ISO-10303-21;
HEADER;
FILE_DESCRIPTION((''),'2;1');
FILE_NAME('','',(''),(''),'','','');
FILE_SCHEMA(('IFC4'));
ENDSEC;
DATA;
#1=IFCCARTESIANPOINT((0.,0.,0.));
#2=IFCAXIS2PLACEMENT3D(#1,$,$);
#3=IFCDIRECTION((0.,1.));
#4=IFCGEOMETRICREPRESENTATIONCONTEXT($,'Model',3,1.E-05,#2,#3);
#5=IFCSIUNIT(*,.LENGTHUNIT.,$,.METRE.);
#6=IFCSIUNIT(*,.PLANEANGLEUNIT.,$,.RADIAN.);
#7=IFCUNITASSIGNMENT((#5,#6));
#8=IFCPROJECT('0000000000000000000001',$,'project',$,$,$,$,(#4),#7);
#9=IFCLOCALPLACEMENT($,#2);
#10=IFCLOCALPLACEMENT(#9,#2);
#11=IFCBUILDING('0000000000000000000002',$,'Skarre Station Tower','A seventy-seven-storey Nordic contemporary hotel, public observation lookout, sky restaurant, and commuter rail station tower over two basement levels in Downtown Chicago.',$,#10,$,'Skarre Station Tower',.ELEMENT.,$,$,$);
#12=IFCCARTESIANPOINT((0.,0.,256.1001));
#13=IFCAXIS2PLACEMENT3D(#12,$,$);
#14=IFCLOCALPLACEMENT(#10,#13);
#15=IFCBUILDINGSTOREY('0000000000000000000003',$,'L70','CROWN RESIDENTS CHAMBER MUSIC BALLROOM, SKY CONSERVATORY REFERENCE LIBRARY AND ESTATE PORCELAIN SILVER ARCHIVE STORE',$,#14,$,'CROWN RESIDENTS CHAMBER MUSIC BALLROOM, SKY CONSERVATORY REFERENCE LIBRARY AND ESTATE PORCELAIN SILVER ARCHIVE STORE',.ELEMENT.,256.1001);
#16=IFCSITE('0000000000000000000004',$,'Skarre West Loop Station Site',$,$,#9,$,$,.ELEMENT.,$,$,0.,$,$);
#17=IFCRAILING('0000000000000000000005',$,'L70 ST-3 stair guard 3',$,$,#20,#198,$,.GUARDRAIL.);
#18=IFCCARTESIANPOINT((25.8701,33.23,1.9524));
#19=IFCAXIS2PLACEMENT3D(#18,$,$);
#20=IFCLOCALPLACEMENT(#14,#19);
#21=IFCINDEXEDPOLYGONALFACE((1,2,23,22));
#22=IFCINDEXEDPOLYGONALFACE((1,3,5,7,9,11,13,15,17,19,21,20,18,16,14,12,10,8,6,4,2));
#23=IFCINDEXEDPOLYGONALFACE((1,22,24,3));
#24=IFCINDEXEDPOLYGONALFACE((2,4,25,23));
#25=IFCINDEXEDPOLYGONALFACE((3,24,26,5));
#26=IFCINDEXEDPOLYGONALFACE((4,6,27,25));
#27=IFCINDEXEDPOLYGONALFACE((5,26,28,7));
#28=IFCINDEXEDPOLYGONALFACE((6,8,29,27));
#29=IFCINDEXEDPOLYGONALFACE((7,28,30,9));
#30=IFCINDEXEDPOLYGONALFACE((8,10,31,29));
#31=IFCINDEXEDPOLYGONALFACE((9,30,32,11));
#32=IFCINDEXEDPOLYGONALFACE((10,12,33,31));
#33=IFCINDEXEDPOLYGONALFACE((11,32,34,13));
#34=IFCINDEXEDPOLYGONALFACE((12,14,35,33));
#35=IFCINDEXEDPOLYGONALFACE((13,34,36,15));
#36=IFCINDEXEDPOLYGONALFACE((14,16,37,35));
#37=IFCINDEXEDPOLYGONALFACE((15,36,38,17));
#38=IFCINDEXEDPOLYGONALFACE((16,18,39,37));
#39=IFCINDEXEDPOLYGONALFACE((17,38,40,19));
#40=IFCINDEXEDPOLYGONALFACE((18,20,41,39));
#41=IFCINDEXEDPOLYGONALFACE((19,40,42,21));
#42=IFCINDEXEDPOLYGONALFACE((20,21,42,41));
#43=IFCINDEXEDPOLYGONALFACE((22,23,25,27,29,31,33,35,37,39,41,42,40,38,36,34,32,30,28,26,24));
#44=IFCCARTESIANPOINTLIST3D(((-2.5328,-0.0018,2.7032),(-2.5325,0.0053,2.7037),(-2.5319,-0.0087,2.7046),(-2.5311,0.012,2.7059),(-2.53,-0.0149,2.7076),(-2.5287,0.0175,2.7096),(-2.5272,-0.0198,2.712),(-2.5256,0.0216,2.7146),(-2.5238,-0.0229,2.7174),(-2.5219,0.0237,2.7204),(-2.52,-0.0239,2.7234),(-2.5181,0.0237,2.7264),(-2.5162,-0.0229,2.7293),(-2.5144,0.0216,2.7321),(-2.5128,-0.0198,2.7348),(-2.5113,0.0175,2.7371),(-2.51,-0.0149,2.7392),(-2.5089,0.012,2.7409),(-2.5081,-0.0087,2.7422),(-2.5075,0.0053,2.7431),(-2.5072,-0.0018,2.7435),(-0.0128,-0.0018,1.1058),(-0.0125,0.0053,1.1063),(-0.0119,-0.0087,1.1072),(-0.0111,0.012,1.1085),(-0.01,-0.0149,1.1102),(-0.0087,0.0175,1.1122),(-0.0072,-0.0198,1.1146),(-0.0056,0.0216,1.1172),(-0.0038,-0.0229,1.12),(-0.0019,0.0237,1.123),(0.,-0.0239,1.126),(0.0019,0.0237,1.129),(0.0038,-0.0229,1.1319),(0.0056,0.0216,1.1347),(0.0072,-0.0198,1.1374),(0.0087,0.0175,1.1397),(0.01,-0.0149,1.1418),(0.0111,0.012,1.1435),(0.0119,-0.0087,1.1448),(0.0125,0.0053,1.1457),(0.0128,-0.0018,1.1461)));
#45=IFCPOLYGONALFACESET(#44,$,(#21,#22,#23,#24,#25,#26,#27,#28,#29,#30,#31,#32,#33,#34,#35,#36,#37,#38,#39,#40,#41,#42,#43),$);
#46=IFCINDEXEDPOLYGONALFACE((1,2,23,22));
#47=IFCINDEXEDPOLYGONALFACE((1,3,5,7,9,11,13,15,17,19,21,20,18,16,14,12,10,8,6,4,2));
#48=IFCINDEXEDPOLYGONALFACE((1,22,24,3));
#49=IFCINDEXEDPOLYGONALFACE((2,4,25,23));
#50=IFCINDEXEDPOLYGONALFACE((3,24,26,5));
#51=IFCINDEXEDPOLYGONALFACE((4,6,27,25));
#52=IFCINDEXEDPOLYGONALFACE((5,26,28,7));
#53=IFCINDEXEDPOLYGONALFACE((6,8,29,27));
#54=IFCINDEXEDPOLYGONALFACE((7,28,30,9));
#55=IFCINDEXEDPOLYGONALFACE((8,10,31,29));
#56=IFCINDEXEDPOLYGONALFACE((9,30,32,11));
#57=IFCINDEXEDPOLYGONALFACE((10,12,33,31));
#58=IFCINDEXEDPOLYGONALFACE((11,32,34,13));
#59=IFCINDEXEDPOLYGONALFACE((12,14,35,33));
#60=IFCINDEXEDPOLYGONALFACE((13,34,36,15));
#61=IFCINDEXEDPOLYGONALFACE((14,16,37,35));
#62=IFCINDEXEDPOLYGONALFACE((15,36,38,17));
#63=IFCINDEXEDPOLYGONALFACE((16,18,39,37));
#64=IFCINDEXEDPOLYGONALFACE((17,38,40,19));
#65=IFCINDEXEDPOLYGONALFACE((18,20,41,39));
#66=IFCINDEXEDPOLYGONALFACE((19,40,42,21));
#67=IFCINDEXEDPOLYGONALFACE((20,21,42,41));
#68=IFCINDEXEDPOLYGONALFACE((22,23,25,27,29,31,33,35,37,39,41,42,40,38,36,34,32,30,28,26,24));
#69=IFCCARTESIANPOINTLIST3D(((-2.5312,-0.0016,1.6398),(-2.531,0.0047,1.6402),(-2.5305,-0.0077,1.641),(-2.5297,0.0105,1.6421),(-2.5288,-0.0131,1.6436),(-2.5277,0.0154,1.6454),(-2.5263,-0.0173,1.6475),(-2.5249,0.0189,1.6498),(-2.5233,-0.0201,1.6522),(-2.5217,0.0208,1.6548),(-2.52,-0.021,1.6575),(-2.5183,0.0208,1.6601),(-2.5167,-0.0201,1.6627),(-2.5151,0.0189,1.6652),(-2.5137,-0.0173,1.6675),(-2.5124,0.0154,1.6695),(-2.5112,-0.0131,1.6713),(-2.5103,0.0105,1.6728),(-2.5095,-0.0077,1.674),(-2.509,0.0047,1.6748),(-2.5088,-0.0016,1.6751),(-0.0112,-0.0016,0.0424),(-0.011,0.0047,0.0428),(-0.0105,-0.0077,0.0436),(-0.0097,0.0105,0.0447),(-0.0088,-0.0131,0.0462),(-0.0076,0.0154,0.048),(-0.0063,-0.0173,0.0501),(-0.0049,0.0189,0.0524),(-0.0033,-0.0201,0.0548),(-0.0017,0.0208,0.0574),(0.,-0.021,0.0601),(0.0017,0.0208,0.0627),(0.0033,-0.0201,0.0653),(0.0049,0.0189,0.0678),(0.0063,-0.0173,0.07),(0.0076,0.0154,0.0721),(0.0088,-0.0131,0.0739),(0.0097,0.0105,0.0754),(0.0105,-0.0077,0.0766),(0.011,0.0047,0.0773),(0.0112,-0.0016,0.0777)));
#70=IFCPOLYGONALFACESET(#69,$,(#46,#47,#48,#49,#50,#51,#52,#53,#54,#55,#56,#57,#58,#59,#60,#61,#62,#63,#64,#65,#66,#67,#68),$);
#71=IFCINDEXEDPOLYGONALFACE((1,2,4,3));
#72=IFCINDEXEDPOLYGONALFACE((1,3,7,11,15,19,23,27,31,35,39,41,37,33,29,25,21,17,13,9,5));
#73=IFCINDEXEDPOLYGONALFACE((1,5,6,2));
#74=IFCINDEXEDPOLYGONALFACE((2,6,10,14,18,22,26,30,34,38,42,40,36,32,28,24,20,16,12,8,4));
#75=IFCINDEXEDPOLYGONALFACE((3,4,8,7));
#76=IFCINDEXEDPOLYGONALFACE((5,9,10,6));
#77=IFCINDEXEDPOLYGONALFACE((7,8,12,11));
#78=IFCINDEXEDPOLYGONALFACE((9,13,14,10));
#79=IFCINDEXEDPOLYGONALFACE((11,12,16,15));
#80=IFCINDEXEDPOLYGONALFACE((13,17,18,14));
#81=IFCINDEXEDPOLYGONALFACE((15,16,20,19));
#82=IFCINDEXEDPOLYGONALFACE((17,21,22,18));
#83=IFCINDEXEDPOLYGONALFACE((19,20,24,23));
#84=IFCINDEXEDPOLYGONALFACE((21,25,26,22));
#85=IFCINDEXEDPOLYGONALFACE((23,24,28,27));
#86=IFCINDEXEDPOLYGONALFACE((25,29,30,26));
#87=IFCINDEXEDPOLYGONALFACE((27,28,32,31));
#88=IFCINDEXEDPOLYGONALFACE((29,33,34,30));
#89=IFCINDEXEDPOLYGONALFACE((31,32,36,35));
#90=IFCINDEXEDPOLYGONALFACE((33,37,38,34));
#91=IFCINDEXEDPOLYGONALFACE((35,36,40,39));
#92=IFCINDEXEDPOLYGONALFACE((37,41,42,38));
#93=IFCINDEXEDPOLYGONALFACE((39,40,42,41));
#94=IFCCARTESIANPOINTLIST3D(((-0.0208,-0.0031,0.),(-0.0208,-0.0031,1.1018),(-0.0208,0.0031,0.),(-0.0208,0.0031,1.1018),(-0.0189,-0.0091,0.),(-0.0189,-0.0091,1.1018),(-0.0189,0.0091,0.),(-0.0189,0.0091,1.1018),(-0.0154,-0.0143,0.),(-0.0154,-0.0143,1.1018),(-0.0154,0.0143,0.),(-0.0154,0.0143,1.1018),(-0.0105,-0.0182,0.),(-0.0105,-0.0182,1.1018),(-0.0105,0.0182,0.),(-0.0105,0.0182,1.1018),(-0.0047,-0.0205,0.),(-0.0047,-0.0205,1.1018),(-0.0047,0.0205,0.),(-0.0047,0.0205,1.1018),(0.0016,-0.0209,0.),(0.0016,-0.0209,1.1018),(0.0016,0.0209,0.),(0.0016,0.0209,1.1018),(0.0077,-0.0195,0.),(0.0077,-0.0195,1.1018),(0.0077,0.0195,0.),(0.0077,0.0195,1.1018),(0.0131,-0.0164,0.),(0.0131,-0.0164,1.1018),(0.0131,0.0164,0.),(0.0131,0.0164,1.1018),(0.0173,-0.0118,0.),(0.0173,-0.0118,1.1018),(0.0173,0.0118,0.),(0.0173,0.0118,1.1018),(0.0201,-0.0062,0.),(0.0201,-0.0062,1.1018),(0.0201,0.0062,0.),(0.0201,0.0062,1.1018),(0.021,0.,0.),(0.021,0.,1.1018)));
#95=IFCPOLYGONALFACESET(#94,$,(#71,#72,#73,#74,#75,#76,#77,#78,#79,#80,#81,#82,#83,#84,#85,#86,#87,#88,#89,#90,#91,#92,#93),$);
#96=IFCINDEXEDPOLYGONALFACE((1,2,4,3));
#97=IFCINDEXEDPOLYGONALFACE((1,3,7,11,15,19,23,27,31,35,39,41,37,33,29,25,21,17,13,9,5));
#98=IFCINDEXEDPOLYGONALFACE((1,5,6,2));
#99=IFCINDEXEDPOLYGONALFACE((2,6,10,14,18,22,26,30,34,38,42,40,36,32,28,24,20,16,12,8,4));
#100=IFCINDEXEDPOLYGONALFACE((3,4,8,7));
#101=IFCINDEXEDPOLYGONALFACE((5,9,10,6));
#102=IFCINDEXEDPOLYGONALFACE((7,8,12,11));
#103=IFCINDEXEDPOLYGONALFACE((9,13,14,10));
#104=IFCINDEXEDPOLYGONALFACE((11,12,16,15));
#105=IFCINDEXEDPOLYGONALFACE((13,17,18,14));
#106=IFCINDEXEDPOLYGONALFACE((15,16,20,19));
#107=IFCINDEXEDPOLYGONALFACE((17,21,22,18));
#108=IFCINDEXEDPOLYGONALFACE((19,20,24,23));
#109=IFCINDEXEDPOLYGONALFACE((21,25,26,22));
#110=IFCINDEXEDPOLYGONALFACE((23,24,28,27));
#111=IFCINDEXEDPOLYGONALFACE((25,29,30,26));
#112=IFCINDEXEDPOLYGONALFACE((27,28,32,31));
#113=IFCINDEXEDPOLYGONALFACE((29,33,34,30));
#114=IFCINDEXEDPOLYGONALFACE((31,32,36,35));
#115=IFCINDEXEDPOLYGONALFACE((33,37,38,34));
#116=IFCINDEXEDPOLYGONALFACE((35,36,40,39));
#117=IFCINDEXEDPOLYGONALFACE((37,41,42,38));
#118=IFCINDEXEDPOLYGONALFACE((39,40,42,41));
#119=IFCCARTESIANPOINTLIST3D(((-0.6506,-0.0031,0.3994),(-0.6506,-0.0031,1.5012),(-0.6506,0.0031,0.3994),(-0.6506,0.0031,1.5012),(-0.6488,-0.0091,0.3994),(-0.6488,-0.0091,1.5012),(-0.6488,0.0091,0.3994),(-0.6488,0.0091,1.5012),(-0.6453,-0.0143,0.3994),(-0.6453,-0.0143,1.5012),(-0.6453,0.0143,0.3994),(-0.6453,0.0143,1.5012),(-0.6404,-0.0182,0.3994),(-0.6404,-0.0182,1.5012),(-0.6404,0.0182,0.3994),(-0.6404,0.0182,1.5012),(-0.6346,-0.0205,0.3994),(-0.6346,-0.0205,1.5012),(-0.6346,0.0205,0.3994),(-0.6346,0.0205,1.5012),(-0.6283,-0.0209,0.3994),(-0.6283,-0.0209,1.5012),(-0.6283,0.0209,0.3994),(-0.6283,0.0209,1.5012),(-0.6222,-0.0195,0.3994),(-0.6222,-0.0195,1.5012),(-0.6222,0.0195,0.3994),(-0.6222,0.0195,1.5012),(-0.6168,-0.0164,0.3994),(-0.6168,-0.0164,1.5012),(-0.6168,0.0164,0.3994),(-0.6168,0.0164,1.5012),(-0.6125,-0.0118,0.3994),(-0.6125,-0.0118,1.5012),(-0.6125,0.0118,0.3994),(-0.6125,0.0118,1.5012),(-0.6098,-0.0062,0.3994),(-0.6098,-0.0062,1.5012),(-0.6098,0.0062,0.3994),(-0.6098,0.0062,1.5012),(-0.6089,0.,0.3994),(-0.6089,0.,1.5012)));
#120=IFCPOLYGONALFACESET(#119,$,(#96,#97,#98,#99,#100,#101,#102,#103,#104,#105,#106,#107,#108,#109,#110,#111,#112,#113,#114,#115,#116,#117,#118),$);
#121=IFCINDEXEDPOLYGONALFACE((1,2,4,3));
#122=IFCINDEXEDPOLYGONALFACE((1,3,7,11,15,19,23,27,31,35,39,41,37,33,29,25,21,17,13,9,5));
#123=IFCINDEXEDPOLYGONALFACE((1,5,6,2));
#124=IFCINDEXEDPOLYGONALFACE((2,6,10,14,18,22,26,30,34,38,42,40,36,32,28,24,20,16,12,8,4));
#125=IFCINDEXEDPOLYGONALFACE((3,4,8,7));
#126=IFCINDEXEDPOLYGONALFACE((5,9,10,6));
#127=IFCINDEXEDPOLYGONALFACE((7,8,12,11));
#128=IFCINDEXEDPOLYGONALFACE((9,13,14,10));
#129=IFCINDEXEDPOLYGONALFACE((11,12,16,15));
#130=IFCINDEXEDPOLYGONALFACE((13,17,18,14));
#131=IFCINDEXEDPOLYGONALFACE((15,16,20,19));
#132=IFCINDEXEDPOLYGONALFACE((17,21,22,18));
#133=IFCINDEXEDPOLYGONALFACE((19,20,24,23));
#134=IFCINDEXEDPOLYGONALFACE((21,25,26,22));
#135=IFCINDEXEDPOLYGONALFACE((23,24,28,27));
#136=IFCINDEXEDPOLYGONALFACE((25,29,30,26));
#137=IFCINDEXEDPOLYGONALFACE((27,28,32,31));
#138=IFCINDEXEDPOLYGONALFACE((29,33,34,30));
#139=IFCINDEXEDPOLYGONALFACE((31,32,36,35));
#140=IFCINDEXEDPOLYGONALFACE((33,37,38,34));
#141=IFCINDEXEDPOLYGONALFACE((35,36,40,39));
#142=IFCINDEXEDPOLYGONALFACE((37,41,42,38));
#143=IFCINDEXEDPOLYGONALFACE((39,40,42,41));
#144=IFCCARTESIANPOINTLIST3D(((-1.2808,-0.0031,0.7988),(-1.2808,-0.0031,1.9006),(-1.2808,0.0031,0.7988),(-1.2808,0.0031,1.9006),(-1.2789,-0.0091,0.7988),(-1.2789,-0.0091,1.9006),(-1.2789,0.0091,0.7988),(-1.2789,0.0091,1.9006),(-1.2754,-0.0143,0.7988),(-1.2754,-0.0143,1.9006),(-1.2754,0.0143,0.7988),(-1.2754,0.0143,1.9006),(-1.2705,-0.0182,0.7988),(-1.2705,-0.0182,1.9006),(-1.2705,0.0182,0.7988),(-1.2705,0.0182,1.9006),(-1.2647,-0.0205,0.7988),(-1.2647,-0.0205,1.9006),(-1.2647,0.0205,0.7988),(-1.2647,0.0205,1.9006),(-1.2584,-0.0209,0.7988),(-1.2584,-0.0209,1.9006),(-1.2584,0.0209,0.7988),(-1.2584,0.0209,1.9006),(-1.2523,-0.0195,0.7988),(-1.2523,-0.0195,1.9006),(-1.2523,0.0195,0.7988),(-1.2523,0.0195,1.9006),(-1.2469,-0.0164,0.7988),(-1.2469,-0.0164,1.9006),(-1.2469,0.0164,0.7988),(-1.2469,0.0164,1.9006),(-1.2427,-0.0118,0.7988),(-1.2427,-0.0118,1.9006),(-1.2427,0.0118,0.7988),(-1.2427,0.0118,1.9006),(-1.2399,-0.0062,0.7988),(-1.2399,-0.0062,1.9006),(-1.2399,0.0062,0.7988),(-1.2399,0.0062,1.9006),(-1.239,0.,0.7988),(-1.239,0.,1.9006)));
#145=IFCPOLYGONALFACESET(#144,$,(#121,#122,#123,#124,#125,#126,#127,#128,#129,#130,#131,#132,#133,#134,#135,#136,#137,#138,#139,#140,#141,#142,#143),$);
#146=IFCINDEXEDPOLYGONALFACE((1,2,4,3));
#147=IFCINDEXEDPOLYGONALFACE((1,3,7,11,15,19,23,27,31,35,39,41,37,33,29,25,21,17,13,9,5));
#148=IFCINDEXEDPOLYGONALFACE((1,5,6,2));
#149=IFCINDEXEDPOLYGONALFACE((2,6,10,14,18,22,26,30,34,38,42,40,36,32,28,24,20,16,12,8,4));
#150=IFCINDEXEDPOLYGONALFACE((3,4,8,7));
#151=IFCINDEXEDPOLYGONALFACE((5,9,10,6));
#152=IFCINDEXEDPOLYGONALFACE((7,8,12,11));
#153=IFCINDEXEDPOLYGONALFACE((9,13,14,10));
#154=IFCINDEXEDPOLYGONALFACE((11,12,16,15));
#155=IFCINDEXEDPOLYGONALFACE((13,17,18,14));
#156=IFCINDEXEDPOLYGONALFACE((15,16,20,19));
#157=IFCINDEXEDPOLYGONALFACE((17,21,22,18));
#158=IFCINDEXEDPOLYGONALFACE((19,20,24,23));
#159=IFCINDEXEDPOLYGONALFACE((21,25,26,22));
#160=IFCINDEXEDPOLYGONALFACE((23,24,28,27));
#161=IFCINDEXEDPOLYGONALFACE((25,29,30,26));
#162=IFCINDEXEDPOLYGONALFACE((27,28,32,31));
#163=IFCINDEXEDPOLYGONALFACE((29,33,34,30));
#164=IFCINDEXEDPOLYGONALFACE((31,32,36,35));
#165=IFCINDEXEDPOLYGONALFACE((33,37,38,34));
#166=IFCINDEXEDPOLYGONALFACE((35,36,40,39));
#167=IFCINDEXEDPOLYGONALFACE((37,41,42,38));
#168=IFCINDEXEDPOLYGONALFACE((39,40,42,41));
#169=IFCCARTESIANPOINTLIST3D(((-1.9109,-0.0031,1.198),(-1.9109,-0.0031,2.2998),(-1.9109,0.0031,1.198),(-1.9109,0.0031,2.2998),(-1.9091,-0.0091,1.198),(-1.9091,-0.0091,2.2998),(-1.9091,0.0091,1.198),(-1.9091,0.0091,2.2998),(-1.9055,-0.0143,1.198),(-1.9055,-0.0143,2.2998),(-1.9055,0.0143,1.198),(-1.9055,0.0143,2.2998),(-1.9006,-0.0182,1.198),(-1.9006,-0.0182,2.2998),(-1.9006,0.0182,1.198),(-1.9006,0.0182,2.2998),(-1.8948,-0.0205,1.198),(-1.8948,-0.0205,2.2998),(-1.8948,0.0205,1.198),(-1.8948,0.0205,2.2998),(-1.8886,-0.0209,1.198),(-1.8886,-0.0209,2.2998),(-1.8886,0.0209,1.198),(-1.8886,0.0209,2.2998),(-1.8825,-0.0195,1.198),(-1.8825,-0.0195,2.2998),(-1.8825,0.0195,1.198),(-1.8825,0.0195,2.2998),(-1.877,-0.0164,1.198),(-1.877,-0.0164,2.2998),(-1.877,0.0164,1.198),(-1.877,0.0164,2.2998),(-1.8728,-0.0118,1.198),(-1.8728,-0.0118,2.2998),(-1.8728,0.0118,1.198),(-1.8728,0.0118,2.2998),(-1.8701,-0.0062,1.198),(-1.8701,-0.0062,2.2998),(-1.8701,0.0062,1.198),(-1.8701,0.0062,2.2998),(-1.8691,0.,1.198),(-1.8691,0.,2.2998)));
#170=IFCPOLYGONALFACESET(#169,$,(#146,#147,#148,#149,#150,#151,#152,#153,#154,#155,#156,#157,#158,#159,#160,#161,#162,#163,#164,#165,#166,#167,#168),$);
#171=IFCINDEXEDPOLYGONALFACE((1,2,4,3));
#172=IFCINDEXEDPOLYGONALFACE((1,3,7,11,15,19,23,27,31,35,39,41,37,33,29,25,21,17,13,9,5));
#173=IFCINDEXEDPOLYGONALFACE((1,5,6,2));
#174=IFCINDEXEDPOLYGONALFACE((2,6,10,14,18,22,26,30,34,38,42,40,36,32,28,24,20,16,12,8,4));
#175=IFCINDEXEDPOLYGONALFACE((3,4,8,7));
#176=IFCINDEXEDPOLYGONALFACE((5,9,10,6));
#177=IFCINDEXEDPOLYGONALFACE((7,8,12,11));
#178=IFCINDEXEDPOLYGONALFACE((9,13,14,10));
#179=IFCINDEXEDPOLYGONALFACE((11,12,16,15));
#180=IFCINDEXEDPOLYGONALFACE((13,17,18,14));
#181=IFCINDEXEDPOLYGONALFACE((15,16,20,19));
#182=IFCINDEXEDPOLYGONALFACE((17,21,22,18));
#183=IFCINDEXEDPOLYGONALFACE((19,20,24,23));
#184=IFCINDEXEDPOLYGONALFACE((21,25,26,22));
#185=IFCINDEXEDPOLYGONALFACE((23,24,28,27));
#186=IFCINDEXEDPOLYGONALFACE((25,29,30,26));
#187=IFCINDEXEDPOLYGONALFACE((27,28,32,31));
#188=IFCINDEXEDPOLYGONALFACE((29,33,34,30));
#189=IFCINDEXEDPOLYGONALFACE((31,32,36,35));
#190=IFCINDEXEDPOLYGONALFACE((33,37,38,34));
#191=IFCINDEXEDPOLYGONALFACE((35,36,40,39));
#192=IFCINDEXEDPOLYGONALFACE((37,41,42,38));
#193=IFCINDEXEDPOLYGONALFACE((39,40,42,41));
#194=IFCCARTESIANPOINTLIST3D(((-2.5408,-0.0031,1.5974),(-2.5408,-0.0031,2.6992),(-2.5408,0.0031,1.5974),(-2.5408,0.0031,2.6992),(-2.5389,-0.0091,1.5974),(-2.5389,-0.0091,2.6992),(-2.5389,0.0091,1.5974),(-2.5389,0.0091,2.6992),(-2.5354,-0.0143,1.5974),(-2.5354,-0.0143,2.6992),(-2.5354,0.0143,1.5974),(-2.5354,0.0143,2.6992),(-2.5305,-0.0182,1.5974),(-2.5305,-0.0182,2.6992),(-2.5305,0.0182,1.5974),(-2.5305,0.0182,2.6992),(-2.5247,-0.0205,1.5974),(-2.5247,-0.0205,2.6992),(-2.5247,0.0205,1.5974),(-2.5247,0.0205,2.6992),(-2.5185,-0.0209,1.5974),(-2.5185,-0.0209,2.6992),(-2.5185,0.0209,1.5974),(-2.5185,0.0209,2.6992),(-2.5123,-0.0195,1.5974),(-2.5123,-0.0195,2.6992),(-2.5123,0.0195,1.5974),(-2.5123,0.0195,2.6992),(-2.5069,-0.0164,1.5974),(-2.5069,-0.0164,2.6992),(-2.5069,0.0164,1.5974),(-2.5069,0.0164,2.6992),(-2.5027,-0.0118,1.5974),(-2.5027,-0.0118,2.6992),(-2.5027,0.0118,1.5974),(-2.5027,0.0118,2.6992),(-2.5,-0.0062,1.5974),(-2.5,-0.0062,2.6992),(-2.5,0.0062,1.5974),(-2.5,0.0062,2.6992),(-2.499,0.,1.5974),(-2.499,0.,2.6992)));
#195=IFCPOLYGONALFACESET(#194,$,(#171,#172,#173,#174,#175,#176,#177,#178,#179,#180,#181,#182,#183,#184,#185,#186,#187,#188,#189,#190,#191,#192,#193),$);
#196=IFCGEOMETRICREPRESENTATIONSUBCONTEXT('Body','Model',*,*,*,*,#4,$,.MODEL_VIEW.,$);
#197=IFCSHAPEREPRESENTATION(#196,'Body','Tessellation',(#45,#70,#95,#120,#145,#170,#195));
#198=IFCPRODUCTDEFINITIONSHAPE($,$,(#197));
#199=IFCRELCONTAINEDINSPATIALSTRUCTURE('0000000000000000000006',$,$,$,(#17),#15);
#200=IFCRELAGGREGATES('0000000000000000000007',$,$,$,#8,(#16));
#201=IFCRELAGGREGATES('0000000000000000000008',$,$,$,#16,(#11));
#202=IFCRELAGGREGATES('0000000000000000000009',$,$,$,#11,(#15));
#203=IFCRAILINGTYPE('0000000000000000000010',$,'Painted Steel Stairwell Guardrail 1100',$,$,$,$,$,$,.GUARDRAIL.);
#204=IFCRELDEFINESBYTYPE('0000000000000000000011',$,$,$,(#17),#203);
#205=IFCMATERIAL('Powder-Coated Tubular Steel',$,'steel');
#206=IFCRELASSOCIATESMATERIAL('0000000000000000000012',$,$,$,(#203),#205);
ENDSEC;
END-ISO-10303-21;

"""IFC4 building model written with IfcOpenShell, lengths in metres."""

from ifc_helpers import new_model, si_unit, direction, frame, origin, origin_2d, place, context, subcontext, project, spatial, circle, extrude, material, type_object, element, save


model = new_model("IFC4")

# Units and contexts
model_context = context("Model", 3, precision=1e-05, world=origin(), true_north=direction((0.0, 1.0)))
body_context = subcontext(model_context, "Body", "Model", "MODEL_VIEW")
ifc_project = project(units=[si_unit("LENGTHUNIT", "METRE"), si_unit("PLANEANGLEUNIT", "RADIAN")], contexts=[model_context])

# Site, building, storey
site_placement = place(None, origin())
site = spatial("IfcSite", under=ifc_project, at=site_placement, Name="Skarre West Loop Station Site", CompositionType="ELEMENT", RefElevation=0.0)
building_placement = place(site_placement, origin())
building = spatial("IfcBuilding", under=site, at=building_placement, Name="Skarre Station Tower", Description="A seventy-seven-storey Nordic contemporary hotel, public observation lookout, sky restaurant, and commuter rail station tower over two basement levels in Downtown Chicago.", LongName="Skarre Station Tower", CompositionType="ELEMENT")
storey_placement = place(building_placement, frame((0.0, 0.0, 256.1001)))
storey = spatial("IfcBuildingStorey", under=building, at=storey_placement, Name="L70", Description="CROWN RESIDENTS CHAMBER MUSIC BALLROOM, SKY CONSERVATORY REFERENCE LIBRARY AND ESTATE PORCELAIN SILVER ARCHIVE STORE", LongName="CROWN RESIDENTS CHAMBER MUSIC BALLROOM, SKY CONSERVATORY REFERENCE LIBRARY AND ESTATE PORCELAIN SILVER ARCHIVE STORE", CompositionType="ELEMENT", Elevation=256.1001)

# Railing
ifc_material_1 = material(Name="Powder-Coated Tubular Steel", Category="steel")
railing_type_1 = type_object("IfcRailingType", Name="Painted Steel Stairwell Guardrail 1100", PredefinedType="GUARDRAIL", material=ifc_material_1)
railing_1_placement = place(storey_placement, frame((25.8701, 33.23, 1.9524)))
element("IfcRailing", 1, at=railing_1_placement, inside=storey, type_object=railing_type_1, Name="L70 ST-3 stair guard 3", PredefinedType="GUARDRAIL", context=body_context, shape_type="SweptSolid", body=[
    extrude(circle(Radius=0.0239, at=origin_2d()), frame((0.0, 0.0, 1.126), z_axis=(-0.844607, 0.0, 0.535387), x_axis=(0.0, -1.0, 0.0)), (0.0, 0.0, 1.0), 2.9836),
    extrude(circle(Radius=0.021, at=origin_2d()), frame((0.0, 0.0, 0.0601), z_axis=(-0.844607, 0.0, 0.535387), x_axis=(0.0, -1.0, 0.0)), (0.0, 0.0, 1.0), 2.9836),
    extrude(circle(Radius=0.021, at=origin_2d()), origin(), (0.0, 0.0, 1.0), 1.1018),
    extrude(circle(Radius=0.021, at=origin_2d()), frame((-0.6299, 0.0, 0.3994)), (0.0, 0.0, 1.0), 1.1018),
    extrude(circle(Radius=0.021, at=origin_2d()), frame((-1.26, 0.0, 0.7988)), (0.0, 0.0, 1.0), 1.1018),
    extrude(circle(Radius=0.021, at=origin_2d()), frame((-1.8901, 0.0, 1.198)), (0.0, 0.0, 1.0), 1.1018),
    extrude(circle(Radius=0.021, at=origin_2d()), frame((-2.52, 0.0, 1.5974)), (0.0, 0.0, 1.0), 1.1018),
])

save(model, "model.ifc")
